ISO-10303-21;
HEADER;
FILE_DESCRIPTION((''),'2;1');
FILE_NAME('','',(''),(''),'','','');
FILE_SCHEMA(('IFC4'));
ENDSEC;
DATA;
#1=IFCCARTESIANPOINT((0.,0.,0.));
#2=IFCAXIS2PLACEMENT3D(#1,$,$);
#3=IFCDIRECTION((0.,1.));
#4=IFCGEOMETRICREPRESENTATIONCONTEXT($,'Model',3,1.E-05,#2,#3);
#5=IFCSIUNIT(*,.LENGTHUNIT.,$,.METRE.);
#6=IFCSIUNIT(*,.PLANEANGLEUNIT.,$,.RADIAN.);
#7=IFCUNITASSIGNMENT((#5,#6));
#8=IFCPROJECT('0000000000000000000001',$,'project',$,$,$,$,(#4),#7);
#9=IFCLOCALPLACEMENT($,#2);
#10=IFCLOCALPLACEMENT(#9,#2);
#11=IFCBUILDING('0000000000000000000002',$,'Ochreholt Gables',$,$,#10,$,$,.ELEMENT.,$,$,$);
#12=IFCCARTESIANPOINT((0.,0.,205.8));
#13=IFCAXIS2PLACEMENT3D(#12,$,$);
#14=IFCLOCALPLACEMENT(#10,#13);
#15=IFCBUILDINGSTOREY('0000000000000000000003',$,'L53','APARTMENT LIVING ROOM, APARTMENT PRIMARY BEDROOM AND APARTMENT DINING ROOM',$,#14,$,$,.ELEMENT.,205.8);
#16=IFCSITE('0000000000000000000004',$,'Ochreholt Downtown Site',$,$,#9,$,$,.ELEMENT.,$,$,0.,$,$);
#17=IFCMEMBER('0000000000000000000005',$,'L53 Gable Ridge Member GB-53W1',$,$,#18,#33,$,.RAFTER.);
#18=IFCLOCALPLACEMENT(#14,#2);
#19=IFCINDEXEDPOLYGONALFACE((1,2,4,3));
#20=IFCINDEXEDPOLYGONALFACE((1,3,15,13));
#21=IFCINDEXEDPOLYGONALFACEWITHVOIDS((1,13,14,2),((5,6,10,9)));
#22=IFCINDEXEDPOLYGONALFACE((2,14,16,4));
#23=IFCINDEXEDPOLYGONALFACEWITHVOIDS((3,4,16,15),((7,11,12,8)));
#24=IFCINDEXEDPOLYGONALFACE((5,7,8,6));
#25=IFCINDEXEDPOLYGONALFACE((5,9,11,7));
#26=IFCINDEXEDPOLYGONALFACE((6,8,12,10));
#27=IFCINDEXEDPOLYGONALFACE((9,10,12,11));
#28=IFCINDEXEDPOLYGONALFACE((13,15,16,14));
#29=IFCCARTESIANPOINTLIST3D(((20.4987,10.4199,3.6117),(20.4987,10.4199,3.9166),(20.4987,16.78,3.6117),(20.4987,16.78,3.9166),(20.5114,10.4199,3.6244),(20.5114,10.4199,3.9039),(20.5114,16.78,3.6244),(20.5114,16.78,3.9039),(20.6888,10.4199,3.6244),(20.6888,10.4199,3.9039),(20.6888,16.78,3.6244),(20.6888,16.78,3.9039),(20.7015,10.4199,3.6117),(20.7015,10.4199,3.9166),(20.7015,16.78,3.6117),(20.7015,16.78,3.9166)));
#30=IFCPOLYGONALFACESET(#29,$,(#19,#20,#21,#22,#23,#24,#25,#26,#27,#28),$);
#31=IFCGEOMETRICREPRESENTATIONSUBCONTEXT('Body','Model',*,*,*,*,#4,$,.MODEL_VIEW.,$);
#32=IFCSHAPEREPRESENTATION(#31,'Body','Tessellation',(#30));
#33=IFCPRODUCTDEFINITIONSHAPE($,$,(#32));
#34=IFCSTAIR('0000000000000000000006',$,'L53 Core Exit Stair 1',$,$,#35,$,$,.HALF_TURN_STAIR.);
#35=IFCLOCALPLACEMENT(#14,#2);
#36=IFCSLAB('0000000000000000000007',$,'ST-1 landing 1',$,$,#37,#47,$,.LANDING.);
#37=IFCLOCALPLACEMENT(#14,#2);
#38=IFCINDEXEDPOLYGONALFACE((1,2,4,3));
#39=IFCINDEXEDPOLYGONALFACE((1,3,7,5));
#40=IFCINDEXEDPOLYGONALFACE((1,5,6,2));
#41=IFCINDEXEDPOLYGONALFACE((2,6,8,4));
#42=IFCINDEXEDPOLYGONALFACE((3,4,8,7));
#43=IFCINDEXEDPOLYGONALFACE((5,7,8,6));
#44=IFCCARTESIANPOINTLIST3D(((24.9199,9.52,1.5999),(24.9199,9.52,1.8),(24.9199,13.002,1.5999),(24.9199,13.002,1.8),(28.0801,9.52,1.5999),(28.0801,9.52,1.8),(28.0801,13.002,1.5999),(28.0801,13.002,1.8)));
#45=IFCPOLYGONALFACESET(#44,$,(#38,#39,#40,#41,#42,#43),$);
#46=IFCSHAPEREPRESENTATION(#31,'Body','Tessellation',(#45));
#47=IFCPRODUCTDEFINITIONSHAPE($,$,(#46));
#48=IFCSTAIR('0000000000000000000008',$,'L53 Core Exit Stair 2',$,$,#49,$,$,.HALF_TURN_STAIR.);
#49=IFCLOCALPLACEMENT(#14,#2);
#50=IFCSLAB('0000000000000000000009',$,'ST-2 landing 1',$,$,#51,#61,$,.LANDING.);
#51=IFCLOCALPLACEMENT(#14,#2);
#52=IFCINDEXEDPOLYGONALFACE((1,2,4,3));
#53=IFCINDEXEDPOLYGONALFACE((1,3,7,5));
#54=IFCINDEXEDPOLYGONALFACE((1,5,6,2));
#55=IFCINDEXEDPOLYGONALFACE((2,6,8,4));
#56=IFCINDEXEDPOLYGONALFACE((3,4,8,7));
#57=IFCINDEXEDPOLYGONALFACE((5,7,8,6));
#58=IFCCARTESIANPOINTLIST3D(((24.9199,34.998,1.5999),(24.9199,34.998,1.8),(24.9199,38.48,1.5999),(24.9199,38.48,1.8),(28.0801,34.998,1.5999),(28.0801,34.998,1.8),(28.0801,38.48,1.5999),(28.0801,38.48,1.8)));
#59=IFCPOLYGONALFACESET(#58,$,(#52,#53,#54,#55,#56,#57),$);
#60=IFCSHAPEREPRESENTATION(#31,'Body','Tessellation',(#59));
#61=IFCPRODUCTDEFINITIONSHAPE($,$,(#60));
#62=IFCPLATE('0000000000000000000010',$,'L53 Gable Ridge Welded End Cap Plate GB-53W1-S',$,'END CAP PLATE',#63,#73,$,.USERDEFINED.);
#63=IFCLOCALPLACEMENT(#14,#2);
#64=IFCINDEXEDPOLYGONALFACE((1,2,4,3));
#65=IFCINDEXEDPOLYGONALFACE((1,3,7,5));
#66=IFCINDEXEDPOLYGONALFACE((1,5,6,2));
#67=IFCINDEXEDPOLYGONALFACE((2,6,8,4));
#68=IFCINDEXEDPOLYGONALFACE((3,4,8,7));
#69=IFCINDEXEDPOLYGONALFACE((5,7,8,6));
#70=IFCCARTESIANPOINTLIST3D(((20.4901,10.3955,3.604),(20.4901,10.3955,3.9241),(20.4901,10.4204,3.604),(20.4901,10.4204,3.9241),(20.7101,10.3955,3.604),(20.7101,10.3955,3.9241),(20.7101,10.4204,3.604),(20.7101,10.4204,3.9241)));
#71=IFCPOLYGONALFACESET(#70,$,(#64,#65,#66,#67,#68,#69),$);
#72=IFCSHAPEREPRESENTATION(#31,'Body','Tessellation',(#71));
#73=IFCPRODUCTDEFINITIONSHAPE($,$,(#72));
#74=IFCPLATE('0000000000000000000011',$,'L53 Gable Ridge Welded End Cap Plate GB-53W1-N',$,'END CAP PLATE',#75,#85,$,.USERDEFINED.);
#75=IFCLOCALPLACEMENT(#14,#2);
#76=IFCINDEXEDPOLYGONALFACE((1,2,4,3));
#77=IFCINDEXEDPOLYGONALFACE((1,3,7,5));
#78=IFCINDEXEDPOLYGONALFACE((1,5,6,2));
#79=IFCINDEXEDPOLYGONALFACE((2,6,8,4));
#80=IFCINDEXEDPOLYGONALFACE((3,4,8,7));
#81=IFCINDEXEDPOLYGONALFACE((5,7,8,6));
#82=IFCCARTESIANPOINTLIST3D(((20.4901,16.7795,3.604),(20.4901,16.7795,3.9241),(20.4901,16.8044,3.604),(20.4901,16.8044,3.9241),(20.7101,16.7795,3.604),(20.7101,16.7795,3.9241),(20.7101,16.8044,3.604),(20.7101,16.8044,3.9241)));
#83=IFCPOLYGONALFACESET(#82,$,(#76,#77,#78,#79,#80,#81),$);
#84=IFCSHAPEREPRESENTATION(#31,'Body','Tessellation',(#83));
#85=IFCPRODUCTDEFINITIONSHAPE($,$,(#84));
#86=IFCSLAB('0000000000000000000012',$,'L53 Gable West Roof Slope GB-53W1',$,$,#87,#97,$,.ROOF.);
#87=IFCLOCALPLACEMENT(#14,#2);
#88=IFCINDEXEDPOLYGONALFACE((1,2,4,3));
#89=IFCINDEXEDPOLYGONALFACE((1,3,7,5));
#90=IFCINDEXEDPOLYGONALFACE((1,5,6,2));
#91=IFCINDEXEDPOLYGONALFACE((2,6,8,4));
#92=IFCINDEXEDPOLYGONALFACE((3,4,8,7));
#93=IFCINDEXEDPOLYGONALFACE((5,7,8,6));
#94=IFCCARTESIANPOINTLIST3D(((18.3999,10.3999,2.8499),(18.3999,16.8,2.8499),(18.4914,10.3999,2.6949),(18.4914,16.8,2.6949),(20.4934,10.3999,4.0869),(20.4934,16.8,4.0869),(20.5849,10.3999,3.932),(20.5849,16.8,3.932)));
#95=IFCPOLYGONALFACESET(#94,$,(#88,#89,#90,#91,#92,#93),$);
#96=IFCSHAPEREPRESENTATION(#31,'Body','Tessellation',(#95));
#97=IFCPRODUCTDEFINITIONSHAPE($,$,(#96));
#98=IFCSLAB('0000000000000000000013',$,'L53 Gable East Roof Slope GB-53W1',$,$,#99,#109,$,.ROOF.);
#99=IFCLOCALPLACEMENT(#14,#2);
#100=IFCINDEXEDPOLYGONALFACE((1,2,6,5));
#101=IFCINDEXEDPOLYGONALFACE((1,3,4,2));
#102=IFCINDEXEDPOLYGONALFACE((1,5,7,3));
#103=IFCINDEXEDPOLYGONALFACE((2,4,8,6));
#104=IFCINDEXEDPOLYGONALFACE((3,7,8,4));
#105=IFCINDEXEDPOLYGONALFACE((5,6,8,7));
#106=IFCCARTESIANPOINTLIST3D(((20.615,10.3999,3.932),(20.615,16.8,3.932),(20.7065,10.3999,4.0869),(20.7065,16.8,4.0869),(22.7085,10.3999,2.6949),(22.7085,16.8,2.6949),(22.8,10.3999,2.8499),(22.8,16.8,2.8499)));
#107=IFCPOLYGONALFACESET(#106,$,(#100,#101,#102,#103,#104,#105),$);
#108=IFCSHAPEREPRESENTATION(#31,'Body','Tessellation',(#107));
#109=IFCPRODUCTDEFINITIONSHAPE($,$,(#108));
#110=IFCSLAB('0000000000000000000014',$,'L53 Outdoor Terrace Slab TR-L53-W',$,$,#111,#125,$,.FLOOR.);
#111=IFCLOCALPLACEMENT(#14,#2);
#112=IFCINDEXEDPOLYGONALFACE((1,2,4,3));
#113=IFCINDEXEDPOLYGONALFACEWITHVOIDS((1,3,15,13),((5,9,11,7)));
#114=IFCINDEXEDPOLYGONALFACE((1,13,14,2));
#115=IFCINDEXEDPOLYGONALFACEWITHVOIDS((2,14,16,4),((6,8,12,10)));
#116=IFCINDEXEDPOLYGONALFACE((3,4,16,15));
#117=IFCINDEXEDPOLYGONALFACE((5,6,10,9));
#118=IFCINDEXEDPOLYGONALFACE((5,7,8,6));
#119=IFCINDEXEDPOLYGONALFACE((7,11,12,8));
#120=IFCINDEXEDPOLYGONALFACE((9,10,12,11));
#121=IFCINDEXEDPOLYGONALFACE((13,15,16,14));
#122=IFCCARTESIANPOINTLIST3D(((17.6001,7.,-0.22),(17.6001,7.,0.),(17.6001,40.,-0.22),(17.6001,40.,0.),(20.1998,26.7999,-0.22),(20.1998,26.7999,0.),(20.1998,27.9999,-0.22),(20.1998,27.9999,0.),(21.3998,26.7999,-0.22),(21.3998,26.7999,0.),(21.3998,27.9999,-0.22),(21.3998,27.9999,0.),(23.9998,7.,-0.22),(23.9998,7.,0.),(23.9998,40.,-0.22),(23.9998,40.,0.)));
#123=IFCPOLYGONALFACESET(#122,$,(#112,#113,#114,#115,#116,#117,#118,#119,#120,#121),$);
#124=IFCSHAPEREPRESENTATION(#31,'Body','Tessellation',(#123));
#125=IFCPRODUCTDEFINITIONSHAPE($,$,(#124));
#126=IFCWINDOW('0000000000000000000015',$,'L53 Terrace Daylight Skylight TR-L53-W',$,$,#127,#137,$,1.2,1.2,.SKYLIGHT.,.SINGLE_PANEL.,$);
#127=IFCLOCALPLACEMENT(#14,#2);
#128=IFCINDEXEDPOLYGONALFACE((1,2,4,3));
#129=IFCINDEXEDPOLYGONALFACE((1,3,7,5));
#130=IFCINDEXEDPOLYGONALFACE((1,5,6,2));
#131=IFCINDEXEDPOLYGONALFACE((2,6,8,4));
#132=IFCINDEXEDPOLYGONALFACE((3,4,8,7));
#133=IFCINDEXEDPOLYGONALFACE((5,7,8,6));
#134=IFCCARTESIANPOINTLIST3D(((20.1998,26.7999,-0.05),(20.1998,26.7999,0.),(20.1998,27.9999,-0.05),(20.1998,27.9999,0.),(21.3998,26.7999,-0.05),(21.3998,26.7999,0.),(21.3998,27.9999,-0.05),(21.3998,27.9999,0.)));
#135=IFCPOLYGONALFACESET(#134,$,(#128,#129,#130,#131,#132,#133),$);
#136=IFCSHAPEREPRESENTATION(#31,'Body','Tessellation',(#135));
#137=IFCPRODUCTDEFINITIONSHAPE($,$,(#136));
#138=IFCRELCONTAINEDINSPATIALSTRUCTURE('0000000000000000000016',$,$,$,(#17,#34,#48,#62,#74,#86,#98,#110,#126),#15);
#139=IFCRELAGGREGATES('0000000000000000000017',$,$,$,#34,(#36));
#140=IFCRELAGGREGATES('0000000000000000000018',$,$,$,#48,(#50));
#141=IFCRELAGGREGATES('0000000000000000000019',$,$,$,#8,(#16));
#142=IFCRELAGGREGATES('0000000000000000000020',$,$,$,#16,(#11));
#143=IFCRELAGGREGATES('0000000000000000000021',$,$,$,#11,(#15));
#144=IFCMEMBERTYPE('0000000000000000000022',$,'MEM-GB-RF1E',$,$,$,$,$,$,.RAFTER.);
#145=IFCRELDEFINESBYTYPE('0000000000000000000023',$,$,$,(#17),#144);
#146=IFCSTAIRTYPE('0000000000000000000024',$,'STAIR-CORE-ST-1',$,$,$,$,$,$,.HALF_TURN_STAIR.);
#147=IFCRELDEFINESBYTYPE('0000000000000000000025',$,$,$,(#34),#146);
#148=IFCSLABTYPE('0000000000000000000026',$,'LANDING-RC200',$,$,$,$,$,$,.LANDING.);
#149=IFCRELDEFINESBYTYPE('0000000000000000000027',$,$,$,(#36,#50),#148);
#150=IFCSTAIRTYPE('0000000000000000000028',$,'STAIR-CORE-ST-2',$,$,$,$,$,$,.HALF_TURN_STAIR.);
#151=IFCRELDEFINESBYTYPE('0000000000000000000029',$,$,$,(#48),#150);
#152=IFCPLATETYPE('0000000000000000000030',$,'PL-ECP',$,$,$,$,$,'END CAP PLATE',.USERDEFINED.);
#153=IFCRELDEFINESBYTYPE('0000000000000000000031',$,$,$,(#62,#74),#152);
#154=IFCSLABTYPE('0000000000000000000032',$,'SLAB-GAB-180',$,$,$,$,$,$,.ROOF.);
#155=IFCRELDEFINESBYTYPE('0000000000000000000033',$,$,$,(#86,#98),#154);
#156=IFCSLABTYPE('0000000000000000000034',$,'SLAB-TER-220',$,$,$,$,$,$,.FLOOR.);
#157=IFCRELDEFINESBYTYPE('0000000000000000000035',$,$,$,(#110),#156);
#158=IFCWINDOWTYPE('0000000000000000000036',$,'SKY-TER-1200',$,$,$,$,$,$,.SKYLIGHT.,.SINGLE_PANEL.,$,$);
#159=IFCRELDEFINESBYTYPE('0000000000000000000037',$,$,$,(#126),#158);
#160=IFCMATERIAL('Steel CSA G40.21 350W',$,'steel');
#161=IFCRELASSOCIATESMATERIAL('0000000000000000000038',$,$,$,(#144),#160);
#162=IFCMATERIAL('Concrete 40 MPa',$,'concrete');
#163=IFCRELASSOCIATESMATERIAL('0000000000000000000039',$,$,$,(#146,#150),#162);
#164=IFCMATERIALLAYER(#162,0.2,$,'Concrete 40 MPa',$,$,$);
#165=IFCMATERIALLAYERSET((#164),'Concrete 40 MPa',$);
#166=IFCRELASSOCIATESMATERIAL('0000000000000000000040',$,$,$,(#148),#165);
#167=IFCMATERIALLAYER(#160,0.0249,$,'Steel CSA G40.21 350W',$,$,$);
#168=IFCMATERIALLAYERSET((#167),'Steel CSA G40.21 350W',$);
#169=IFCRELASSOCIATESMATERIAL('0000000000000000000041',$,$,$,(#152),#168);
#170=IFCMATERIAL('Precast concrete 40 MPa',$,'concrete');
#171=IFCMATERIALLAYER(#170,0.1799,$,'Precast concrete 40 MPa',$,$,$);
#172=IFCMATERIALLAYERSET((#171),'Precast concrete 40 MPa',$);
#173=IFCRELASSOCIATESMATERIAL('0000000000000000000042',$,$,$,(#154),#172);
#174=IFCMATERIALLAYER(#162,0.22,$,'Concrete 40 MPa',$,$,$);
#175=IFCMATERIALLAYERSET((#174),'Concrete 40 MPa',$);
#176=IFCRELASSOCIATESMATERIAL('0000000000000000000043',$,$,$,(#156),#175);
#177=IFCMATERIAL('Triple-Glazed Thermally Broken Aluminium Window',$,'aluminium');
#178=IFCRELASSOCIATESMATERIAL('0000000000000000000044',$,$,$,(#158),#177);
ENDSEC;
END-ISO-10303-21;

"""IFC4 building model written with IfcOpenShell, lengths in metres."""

from ifc_helpers import new_model, si_unit, direction, frame, origin, origin_2d, place, context, subcontext, project, spatial, polyline, rectangle, hollow_rectangle, outline, extrude, material, layer, layer_set, material_profile, profile_set, type_object, element, fill, aggregate, save


model = new_model("IFC4")

# Units and contexts
model_context = context("Model", 3, precision=1e-05, world=origin(), true_north=direction((0.0, 1.0)))
body_context = subcontext(model_context, "Body", "Model", "MODEL_VIEW")
ifc_project = project(units=[si_unit("LENGTHUNIT", "METRE"), si_unit("PLANEANGLEUNIT", "RADIAN")], contexts=[model_context])

# Site, building, storey
site_placement = place(None, origin())
site = spatial("IfcSite", under=ifc_project, at=site_placement, Name="Ochreholt Downtown Site", CompositionType="ELEMENT", RefElevation=0.0)
building_placement = place(site_placement, origin())
building = spatial("IfcBuilding", under=site, at=building_placement, Name="Ochreholt Gables", CompositionType="ELEMENT")
storey_placement = place(building_placement, frame((0.0, 0.0, 205.8)))
storey = spatial("IfcBuildingStorey", under=building, at=storey_placement, Name="L53", Description="APARTMENT LIVING ROOM, APARTMENT PRIMARY BEDROOM AND APARTMENT DINING ROOM", CompositionType="ELEMENT", Elevation=205.8)

# Member
ifc_material_1 = material(Name="Steel CSA G40.21 350W", Category="steel")
ifc_material_profile_1 = material_profile(ifc_material_1, hollow_rectangle(XDim=0.2029, YDim=0.3049, WallThickness=0.0127, at=origin_2d()), Name="HSS305X203X13")
ifc_profile_set_1 = profile_set([ifc_material_profile_1], Name="Steel CSA G40.21 350W")
member_type_1 = type_object("IfcMemberType", Name="MEM-GB-RF1E", PredefinedType="RAFTER", material=ifc_profile_set_1)
member_placement = place(storey_placement, frame((20.6001, 10.4199, 3.7642), z_axis=(0.0, 1.0, 0.0), x_axis=(-1.0, 0.0, 0.0)))
element("IfcMember", 1, at=member_placement, inside=storey, type_object=member_type_1, Name="L53 Gable Ridge Member GB-53W1", PredefinedType="RAFTER", context=body_context, shape_type="SweptSolid", body=[
    extrude(hollow_rectangle(XDim=0.2029, YDim=0.3049, WallThickness=0.0127, at=origin_2d()), origin(), (0.0, 0.0, 1.0), 6.3601),
])

# Stairs, slabs
ifc_material_2 = material(Name="Concrete 40 MPa", Category="concrete")
stair_type_1 = type_object("IfcStairType", Name="STAIR-CORE-ST-1", PredefinedType="HALF_TURN_STAIR", material=ifc_material_2)
stair_1_placement = place(storey_placement, origin())
stair_1 = element("IfcStair", 2, at=stair_1_placement, inside=storey, type_object=stair_type_1, Name="L53 Core Exit Stair 1", PredefinedType="HALF_TURN_STAIR")
ifc_layer_1 = layer(ifc_material_2, 0.2, Name="Concrete 40 MPa")
ifc_layer_set_1 = layer_set([ifc_layer_1], Name="Concrete 40 MPa")
slab_type_1 = type_object("IfcSlabType", Name="LANDING-RC200", PredefinedType="LANDING", material=ifc_layer_set_1)
slab_1_placement = place(storey_placement, frame((0.0, 0.0, 1.5999)))
slab_1 = element("IfcSlab", 3, at=slab_1_placement, type_object=slab_type_1, Name="ST-1 landing 1", PredefinedType="LANDING", context=body_context, shape_type="SweptSolid", body=[
    extrude(outline(polyline([(24.9199, 13.002), (24.9199, 9.52), (28.0801, 9.52), (28.0801, 13.002), (24.9199, 13.002)])), origin(), (0.0, 0.0, 1.0), 0.2002),
])
aggregate(stair_1, [slab_1])
stair_type_2 = type_object("IfcStairType", Name="STAIR-CORE-ST-2", PredefinedType="HALF_TURN_STAIR", material=ifc_material_2)
stair_2_placement = place(storey_placement, origin())
stair_2 = element("IfcStair", 4, at=stair_2_placement, inside=storey, type_object=stair_type_2, Name="L53 Core Exit Stair 2", PredefinedType="HALF_TURN_STAIR")
slab_2_placement = place(storey_placement, frame((0.0, 0.0, 1.5999)))
slab_2 = element("IfcSlab", 5, at=slab_2_placement, type_object=slab_type_1, Name="ST-2 landing 1", PredefinedType="LANDING", context=body_context, shape_type="SweptSolid", body=[
    extrude(outline(polyline([(28.0801, 34.998), (28.0801, 38.48), (24.9199, 38.48), (24.9199, 34.998), (28.0801, 34.998)])), origin(), (0.0, 0.0, 1.0), 0.2002),
])
aggregate(stair_2, [slab_2])

# Plates
ifc_layer_2 = layer(ifc_material_1, 0.0249, Name="Steel CSA G40.21 350W")
ifc_layer_set_2 = layer_set([ifc_layer_2], Name="Steel CSA G40.21 350W")
plate_type = type_object("IfcPlateType", Name="PL-ECP", ElementType="END CAP PLATE", PredefinedType="USERDEFINED", material=ifc_layer_set_2)
for number, where, z_axis, x_axis, name in (
    (6, (20.6001, 10.408, 3.604), (0.0, 0.0, 1.0), (1.0, 0.0, 0.0), "L53 Gable Ridge Welded End Cap Plate GB-53W1-S"),
    (7, (20.6001, 16.792, 3.604), (0.0, 0.0, 1.0), (1.0, 0.0, 0.0), "L53 Gable Ridge Welded End Cap Plate GB-53W1-N"),
):
    element("IfcPlate", number, at=place(storey_placement, frame(where, z_axis=z_axis, x_axis=x_axis)), inside=storey, type_object=plate_type, Name=name, ObjectType="END CAP PLATE", PredefinedType="USERDEFINED", context=body_context, shape_type="SweptSolid", body=[
        extrude(rectangle(XDim=0.22, YDim=0.0249, at=origin_2d()), origin(), (0.0, 0.0, 1.0), 0.3201),
    ])

# Slabs
ifc_material_3 = material(Name="Precast concrete 40 MPa", Category="concrete")
ifc_layer_3 = layer(ifc_material_3, 0.1799, Name="Precast concrete 40 MPa")
ifc_layer_set_3 = layer_set([ifc_layer_3], Name="Precast concrete 40 MPa")
slab_type_2 = type_object("IfcSlabType", Name="SLAB-GAB-180", PredefinedType="ROOF", material=ifc_layer_set_3)
for number, where, z_axis, x_axis, name in (
    (8, (18.3999, 10.3999, 2.8499), (-0.508726, 0.0, 0.860929), (0.860929, 0.0, 0.508726), "L53 Gable West Roof Slope GB-53W1"),
    (9, (20.7065, 10.3999, 4.0869), (0.508726, 0.0, 0.860929), (0.860929, 0.0, -0.508726), "L53 Gable East Roof Slope GB-53W1"),
):
    element("IfcSlab", number, at=place(storey_placement, frame(where, z_axis=z_axis, x_axis=x_axis)), inside=storey, type_object=slab_type_2, Name=name, PredefinedType="ROOF", context=body_context, shape_type="SweptSolid", body=[
        extrude(outline(polyline([(0.0, 0.0), (2.4317, 0.0), (2.4317, 6.4001), (0.0, 6.4001), (0.0, 0.0)])), origin(), (0.0, 0.0, -1.0), 0.1799),
    ])

# Slab, opening, window
ifc_layer_4 = layer(ifc_material_2, 0.22, Name="Concrete 40 MPa")
ifc_layer_set_4 = layer_set([ifc_layer_4], Name="Concrete 40 MPa")
slab_type_3 = type_object("IfcSlabType", Name="SLAB-TER-220", PredefinedType="FLOOR", material=ifc_layer_set_4)
slab_3_placement = place(storey_placement, frame((0.0, 0.0, -0.22)))
slab_3 = element("IfcSlab", 10, at=slab_3_placement, inside=storey, type_object=slab_type_3, Name="L53 Outdoor Terrace Slab TR-L53-W", PredefinedType="FLOOR", context=body_context, shape_type="SweptSolid", body=[
    extrude(outline(polyline([(17.6001, 7.0), (23.9998, 7.0), (23.9998, 40.0), (17.6001, 40.0), (17.6001, 7.0)])), origin(), (0.0, 0.0, 1.0), 0.22),
])
opening_1_placement = place(slab_3_placement, frame((20.7998, 27.3999, 0.0)))
opening_1 = element("IfcOpeningElement", 11, at=opening_1_placement, cuts=slab_3, PredefinedType="OPENING", context=body_context, shape_type="SweptSolid", body=[
    extrude(rectangle(XDim=1.2, YDim=1.2, at=origin_2d()), frame((0.0, 0.0, -0.01)), (0.0, 0.0, 1.0), 0.24),
])
ifc_material_4 = material(Name="Triple-Glazed Thermally Broken Aluminium Window", Category="aluminium")
window_type_1 = type_object("IfcWindowType", Name="SKY-TER-1200", PartitioningType="SINGLE_PANEL", PredefinedType="SKYLIGHT", material=ifc_material_4)
window_1_placement = place(opening_1_placement, frame((0.0, 0.0, 0.1699)))
window_1 = element("IfcWindow", 12, at=window_1_placement, inside=storey, type_object=window_type_1, Name="L53 Terrace Daylight Skylight TR-L53-W", OverallHeight=1.2, OverallWidth=1.2, PartitioningType="SINGLE_PANEL", PredefinedType="SKYLIGHT", context=body_context, shape_type="SweptSolid", body=[
    extrude(rectangle(XDim=1.2, YDim=1.2, at=origin_2d()), origin(), (0.0, 0.0, 1.0), 0.05),
])
fill(opening_1, window_1)

save(model, "model.ifc")
